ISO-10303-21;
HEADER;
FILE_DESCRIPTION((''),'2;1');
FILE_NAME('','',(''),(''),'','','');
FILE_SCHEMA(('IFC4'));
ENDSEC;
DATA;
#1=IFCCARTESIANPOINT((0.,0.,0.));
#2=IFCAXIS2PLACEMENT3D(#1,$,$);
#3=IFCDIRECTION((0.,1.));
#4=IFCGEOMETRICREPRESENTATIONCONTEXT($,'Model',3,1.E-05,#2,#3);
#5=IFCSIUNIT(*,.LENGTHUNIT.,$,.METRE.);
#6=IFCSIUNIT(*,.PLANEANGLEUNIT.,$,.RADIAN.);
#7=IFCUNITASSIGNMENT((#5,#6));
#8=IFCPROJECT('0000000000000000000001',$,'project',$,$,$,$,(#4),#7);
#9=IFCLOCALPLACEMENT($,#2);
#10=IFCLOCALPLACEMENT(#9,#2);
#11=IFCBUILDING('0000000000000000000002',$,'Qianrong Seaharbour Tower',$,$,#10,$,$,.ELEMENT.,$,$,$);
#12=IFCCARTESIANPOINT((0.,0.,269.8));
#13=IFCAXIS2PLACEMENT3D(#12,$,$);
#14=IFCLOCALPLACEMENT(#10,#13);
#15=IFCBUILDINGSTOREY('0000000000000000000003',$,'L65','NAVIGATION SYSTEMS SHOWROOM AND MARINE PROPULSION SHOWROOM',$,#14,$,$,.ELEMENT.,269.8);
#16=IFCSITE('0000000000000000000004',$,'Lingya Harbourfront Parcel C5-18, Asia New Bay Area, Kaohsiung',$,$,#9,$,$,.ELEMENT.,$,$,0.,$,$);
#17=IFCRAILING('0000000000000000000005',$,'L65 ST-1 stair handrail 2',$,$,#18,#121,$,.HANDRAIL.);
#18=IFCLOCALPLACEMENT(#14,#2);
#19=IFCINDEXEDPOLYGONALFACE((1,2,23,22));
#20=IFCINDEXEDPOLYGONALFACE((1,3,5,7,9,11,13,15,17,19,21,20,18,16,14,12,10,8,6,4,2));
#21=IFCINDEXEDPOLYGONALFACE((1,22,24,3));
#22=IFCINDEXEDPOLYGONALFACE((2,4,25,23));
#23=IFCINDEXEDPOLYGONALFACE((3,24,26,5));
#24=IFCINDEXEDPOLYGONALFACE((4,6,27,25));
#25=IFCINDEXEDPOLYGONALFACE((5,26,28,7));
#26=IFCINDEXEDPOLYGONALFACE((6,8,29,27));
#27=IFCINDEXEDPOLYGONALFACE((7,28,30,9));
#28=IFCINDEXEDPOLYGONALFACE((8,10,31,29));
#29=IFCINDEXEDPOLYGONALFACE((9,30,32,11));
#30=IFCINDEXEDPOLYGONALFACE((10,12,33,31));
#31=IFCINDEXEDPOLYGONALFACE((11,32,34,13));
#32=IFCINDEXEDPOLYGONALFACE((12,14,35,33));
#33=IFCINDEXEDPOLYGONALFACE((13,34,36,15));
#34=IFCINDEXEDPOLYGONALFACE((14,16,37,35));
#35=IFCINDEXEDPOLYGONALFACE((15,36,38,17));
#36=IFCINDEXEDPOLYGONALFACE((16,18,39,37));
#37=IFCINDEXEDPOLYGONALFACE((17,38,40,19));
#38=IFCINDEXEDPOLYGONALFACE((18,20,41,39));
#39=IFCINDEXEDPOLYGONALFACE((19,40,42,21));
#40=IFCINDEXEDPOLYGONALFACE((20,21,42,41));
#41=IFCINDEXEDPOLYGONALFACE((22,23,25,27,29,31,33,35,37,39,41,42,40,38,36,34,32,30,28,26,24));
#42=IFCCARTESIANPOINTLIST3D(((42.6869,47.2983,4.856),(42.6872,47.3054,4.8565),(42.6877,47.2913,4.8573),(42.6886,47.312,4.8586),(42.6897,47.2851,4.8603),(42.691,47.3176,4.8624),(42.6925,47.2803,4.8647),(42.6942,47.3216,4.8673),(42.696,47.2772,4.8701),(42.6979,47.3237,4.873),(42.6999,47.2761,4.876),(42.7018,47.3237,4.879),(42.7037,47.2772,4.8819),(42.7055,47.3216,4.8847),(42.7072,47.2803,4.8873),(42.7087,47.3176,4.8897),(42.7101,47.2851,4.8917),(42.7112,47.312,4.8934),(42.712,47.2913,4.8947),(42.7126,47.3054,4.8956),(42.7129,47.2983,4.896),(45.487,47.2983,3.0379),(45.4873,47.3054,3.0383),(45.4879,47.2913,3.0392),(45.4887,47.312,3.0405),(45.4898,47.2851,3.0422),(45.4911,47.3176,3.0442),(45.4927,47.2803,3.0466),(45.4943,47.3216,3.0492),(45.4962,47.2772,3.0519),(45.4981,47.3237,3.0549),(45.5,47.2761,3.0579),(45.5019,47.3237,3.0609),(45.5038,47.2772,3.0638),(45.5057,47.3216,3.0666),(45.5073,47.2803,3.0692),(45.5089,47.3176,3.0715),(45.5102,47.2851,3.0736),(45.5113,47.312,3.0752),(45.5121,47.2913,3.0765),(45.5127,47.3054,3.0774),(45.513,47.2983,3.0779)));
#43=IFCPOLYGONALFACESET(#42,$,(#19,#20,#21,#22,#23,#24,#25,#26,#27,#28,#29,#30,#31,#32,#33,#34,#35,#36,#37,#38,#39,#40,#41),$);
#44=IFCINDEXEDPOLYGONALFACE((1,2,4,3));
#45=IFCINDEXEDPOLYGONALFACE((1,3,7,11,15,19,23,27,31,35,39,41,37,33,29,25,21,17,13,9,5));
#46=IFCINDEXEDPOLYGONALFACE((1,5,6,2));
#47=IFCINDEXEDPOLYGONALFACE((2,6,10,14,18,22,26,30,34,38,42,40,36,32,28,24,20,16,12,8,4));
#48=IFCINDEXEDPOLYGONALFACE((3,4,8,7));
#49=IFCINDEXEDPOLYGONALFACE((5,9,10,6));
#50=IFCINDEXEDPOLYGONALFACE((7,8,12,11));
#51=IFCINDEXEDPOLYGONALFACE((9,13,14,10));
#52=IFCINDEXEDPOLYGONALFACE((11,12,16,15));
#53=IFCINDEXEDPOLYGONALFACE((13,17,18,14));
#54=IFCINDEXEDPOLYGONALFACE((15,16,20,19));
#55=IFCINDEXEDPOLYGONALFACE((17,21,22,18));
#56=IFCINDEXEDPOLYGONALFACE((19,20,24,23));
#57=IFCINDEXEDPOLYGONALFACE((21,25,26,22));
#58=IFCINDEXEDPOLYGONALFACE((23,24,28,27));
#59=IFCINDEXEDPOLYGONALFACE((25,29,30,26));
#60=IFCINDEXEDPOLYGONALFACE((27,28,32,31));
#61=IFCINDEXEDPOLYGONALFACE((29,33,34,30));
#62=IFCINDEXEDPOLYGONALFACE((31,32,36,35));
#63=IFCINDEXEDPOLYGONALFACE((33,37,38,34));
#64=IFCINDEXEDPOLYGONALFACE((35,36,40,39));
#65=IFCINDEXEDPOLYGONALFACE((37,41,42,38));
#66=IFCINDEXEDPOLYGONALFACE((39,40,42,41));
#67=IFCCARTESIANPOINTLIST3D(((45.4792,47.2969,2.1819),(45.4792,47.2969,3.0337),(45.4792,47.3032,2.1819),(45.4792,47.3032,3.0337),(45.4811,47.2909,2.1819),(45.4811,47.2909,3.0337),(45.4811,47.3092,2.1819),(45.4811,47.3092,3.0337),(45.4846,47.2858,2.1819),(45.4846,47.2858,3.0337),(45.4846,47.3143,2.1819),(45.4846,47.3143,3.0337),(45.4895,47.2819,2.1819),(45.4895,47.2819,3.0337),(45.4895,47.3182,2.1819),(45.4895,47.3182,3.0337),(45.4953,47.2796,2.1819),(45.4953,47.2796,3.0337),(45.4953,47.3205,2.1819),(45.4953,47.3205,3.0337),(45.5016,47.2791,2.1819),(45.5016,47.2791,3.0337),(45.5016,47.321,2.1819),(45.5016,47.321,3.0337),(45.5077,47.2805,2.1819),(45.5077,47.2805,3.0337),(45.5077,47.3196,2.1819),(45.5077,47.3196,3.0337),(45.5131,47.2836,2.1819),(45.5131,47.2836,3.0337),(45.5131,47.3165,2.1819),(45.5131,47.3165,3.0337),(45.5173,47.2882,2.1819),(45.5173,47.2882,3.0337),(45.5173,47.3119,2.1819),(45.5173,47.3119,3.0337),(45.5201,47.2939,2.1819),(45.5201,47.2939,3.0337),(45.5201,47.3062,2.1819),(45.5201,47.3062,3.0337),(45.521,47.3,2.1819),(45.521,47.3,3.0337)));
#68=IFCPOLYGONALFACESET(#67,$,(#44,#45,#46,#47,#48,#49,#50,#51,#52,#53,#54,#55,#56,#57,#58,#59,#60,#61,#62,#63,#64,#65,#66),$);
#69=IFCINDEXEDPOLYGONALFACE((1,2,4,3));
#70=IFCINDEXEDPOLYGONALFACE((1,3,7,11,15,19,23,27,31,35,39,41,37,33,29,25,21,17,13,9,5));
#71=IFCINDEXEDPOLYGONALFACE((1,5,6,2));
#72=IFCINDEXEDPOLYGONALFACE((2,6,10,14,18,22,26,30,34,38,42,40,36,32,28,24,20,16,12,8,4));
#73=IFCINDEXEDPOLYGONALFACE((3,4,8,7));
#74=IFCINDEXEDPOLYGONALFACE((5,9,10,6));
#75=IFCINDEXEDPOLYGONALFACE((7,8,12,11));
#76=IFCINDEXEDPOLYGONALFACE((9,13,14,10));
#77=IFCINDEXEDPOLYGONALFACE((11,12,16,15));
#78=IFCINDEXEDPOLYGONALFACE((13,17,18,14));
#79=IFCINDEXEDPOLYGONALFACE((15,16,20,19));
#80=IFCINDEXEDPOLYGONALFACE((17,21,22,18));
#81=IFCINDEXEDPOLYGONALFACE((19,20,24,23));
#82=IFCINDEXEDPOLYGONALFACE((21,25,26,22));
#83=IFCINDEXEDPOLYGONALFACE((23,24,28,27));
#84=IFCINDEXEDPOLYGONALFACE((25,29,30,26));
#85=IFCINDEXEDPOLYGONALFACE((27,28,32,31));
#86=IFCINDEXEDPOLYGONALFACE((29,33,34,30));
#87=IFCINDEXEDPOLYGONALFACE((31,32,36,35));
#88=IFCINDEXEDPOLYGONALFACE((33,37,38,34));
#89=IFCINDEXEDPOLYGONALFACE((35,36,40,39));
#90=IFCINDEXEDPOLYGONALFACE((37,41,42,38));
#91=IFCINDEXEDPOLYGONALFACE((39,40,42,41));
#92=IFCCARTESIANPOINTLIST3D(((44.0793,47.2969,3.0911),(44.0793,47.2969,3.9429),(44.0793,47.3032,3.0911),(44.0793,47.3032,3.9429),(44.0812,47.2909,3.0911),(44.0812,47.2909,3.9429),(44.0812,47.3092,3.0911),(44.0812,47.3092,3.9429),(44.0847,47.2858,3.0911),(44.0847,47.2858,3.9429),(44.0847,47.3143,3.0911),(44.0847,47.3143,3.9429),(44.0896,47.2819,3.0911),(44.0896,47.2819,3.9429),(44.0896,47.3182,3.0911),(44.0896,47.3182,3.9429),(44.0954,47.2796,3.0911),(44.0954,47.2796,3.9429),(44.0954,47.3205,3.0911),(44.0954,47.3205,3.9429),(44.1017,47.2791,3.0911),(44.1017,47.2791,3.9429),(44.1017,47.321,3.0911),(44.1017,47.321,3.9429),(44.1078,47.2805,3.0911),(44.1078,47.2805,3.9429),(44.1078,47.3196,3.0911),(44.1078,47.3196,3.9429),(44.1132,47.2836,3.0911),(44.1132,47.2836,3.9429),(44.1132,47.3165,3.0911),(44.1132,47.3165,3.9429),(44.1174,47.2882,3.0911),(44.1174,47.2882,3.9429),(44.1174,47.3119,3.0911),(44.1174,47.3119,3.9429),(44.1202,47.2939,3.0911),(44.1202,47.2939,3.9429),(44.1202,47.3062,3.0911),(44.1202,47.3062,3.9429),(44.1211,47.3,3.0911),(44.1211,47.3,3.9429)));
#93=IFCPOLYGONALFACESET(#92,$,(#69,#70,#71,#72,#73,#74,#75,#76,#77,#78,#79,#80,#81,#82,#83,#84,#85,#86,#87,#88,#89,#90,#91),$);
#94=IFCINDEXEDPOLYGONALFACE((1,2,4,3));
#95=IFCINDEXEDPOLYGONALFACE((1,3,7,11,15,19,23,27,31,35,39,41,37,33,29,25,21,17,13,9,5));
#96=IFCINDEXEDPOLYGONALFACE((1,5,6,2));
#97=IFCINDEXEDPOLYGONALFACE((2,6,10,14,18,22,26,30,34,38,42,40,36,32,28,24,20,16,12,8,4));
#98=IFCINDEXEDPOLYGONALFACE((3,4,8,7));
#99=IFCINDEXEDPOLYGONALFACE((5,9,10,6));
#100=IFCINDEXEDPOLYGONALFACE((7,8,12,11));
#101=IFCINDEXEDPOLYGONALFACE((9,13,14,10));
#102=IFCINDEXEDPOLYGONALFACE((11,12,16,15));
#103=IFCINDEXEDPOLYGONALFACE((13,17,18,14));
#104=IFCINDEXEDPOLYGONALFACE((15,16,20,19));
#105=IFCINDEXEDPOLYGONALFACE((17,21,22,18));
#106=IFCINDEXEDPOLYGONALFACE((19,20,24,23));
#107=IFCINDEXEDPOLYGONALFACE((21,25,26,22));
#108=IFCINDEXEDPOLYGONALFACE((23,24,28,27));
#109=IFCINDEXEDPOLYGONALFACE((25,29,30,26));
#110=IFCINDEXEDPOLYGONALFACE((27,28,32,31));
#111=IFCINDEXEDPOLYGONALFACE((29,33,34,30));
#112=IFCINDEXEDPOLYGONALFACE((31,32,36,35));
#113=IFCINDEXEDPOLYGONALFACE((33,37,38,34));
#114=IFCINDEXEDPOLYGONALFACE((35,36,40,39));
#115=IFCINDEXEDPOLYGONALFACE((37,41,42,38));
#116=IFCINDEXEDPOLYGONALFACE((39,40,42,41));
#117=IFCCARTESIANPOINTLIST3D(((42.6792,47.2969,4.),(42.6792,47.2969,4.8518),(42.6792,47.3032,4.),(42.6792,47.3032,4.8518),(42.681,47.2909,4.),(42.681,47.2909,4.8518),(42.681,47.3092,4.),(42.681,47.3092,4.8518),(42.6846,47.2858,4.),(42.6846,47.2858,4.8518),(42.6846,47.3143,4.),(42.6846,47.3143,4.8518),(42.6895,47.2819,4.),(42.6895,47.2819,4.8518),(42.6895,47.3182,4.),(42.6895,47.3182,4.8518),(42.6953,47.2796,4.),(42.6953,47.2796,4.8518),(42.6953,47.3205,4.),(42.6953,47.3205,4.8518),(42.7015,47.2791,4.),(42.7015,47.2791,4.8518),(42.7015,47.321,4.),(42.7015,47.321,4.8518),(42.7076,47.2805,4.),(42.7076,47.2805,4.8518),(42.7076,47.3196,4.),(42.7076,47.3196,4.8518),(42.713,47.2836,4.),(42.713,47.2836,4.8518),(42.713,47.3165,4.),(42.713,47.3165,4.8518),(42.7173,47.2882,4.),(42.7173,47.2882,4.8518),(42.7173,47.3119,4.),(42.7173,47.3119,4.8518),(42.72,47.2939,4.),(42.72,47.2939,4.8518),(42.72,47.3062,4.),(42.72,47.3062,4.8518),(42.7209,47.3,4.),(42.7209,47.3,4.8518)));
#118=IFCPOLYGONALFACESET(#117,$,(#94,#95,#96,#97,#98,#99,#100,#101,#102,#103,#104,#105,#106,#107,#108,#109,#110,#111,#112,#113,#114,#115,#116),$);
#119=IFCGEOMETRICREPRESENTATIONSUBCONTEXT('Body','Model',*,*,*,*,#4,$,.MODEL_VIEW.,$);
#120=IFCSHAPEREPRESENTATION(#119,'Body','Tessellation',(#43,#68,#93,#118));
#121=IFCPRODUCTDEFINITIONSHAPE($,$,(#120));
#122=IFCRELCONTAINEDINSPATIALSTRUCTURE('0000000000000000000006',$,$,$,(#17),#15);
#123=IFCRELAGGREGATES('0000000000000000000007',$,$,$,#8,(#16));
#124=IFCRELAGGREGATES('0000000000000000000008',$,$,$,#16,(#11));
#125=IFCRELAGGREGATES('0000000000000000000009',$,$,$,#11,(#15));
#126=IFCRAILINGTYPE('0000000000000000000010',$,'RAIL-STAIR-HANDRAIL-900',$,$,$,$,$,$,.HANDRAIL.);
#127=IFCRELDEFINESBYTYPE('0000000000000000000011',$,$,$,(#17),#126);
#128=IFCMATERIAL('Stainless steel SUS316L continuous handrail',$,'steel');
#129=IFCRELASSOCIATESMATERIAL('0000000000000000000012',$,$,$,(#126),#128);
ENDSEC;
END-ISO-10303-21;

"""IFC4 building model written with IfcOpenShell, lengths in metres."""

from ifc_helpers import new_model, si_unit, direction, frame, origin, origin_2d, place, context, subcontext, project, spatial, circle, extrude, material, type_object, element, save


model = new_model("IFC4")

# Units and contexts
model_context = context("Model", 3, precision=1e-05, world=origin(), true_north=direction((0.0, 1.0)))
body_context = subcontext(model_context, "Body", "Model", "MODEL_VIEW")
ifc_project = project(units=[si_unit("LENGTHUNIT", "METRE"), si_unit("PLANEANGLEUNIT", "RADIAN")], contexts=[model_context])

# Site, building, storey
site_placement = place(None, origin())
site = spatial("IfcSite", under=ifc_project, at=site_placement, Name="Lingya Harbourfront Parcel C5-18, Asia New Bay Area, Kaohsiung", CompositionType="ELEMENT", RefElevation=0.0)
building_placement = place(site_placement, origin())
building = spatial("IfcBuilding", under=site, at=building_placement, Name="Qianrong Seaharbour Tower", CompositionType="ELEMENT")
storey_placement = place(building_placement, frame((0.0, 0.0, 269.8)))
storey = spatial("IfcBuildingStorey", under=building, at=storey_placement, Name="L65", Description="NAVIGATION SYSTEMS SHOWROOM AND MARINE PROPULSION SHOWROOM", CompositionType="ELEMENT", Elevation=269.8)

# Railing
ifc_material_1 = material(Name="Stainless steel SUS316L continuous handrail", Category="steel")
railing_type_1 = type_object("IfcRailingType", Name="RAIL-STAIR-HANDRAIL-900", PredefinedType="HANDRAIL", material=ifc_material_1)
railing_1_placement = place(storey_placement, frame((45.5, 47.3, 2.1819)))
element("IfcRailing", 1, at=railing_1_placement, inside=storey, type_object=railing_type_1, Name="L65 ST-1 stair handrail 2", PredefinedType="HANDRAIL", context=body_context, shape_type="SweptSolid", body=[
    extrude(circle(Radius=0.0239, at=origin_2d()), frame((0.0, 0.0, 0.876), z_axis=(-0.838706, 0.0, 0.544585), x_axis=(0.0, -1.0, 0.0)), (0.0, 0.0, 1.0), 3.3386),
    extrude(circle(Radius=0.021, at=origin_2d()), origin(), (0.0, 0.0, 1.0), 0.8518),
    extrude(circle(Radius=0.021, at=origin_2d()), frame((-1.3999, 0.0, 0.9092)), (0.0, 0.0, 1.0), 0.8518),
    extrude(circle(Radius=0.021, at=origin_2d()), frame((-2.8, 0.0, 1.8181)), (0.0, 0.0, 1.0), 0.8518),
])

save(model, "model.ifc")
